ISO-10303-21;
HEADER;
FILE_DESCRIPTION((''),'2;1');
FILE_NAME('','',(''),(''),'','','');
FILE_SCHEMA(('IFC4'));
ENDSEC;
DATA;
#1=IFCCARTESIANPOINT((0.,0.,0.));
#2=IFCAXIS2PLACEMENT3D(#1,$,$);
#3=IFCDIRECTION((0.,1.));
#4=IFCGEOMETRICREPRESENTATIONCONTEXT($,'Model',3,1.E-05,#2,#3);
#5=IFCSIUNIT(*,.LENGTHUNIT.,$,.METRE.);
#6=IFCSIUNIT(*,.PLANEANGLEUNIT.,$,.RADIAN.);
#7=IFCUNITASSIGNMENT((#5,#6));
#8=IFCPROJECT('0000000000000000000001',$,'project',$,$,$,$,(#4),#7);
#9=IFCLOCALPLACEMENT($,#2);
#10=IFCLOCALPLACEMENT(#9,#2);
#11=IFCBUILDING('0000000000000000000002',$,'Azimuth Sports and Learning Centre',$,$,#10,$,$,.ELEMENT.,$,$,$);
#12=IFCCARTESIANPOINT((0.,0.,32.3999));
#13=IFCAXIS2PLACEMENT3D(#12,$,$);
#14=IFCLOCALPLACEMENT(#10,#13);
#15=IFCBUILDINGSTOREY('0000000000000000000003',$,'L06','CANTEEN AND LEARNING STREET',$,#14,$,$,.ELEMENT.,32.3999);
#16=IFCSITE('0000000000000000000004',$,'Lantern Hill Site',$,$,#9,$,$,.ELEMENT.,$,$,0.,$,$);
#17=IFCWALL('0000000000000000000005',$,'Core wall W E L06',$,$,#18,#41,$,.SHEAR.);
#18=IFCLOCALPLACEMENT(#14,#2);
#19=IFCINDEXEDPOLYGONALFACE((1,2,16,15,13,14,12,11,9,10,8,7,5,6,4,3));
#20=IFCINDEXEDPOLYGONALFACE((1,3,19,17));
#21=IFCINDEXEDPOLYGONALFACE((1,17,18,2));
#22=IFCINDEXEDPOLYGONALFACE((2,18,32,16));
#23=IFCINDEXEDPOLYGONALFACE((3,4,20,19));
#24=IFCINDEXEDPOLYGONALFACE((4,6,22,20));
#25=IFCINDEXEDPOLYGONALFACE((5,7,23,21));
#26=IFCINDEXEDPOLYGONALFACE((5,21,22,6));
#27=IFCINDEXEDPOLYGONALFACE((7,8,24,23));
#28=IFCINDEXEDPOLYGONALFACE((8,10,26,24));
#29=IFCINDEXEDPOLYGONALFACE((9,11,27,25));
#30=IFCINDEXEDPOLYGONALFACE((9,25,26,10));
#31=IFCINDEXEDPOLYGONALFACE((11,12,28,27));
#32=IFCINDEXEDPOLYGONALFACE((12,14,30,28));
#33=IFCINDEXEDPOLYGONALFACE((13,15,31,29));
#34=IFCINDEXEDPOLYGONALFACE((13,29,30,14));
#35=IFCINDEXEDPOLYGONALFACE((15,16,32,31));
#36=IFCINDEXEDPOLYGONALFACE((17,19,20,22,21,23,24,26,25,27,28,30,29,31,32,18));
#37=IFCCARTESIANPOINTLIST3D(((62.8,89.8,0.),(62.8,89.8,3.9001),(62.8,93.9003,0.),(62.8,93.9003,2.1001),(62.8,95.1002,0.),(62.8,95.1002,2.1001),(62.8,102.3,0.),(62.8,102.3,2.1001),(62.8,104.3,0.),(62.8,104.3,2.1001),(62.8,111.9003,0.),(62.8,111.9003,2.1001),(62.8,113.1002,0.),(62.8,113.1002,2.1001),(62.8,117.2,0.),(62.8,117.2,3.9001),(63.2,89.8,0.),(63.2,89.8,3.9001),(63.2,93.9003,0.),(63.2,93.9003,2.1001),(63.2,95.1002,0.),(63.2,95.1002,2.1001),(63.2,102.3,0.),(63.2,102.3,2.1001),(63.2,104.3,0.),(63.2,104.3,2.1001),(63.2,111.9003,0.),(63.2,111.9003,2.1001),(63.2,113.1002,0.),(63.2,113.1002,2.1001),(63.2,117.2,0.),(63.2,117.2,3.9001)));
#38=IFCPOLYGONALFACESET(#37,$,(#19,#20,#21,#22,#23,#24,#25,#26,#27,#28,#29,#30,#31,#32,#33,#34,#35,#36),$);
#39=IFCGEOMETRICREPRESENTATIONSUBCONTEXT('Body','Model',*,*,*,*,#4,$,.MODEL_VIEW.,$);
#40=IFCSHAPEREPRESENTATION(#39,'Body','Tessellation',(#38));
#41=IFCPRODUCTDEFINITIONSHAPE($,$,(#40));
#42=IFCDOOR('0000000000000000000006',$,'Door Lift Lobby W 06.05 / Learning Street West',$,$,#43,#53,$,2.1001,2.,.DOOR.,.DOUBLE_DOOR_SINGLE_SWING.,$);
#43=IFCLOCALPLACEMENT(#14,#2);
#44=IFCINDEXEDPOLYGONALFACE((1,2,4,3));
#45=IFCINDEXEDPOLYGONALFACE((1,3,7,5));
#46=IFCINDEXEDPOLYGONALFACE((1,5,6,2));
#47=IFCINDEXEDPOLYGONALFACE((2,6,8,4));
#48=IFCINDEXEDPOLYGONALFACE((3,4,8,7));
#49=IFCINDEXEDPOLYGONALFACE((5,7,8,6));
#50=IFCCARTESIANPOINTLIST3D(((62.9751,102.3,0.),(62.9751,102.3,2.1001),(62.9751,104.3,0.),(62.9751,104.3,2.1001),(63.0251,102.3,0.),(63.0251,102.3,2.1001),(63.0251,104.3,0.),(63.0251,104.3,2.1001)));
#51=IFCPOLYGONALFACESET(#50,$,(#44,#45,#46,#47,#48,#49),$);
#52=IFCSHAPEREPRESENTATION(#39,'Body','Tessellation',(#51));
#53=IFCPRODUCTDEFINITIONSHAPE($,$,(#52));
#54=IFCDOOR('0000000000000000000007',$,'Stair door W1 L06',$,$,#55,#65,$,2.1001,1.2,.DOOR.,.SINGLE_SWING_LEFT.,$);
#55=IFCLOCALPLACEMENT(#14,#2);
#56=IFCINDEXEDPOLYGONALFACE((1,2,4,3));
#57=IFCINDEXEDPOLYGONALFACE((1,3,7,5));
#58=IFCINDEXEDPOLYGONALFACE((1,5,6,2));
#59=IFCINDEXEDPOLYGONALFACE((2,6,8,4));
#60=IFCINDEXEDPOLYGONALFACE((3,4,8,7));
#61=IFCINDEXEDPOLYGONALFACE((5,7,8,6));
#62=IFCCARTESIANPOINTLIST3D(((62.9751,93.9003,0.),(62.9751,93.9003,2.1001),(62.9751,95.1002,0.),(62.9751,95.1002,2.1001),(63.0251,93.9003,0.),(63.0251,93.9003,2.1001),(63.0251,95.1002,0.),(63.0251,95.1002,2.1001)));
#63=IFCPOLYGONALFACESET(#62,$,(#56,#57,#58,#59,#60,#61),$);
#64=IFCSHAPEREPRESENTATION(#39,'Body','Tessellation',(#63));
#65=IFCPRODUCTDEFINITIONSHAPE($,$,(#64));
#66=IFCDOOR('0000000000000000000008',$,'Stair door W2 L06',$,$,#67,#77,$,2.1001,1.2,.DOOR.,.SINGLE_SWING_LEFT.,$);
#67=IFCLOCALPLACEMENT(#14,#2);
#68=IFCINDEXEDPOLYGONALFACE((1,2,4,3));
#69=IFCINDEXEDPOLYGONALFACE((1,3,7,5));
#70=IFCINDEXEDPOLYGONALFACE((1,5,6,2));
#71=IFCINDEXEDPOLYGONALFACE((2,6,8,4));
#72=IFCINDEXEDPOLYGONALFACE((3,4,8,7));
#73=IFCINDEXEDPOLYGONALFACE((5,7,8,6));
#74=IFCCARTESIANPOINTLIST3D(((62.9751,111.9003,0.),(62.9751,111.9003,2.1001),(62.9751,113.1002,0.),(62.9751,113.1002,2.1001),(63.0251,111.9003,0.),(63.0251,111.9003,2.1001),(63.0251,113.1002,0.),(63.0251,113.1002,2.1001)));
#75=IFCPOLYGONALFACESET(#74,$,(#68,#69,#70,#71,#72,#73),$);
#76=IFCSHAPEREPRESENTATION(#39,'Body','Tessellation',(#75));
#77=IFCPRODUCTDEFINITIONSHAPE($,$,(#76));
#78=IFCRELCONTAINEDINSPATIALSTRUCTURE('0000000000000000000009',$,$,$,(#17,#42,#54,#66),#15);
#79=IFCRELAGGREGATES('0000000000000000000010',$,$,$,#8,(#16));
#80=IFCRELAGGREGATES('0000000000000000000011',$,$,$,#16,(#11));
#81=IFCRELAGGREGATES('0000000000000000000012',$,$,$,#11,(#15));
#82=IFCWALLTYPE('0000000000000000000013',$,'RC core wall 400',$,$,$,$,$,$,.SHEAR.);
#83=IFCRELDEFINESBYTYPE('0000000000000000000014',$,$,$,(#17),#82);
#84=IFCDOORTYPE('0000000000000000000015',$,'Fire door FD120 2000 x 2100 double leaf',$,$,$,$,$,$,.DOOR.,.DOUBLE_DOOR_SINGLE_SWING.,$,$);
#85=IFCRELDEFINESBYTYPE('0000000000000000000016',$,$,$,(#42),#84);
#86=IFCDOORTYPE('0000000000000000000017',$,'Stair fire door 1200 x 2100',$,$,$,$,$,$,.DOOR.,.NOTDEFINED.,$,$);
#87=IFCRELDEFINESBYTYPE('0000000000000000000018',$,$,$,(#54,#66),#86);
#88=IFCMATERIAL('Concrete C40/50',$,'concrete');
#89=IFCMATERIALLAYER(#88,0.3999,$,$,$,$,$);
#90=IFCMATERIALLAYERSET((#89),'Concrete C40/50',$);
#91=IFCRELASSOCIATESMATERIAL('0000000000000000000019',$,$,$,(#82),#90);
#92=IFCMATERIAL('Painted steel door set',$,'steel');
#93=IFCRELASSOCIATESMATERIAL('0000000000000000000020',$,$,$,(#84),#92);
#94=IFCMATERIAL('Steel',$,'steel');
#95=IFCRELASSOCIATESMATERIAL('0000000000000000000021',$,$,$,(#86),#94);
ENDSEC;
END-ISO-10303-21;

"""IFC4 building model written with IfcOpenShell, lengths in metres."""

from ifc_helpers import new_model, si_unit, direction, frame, frame_2d, origin, place, context, subcontext, project, spatial, rectangle, extrude, material, layer, layer_set, type_object, element, fill, save


model = new_model("IFC4")

# Units and contexts
model_context = context("Model", 3, precision=1e-05, world=origin(), true_north=direction((0.0, 1.0)))
body_context = subcontext(model_context, "Body", "Model", "MODEL_VIEW")
ifc_project = project(units=[si_unit("LENGTHUNIT", "METRE"), si_unit("PLANEANGLEUNIT", "RADIAN")], contexts=[model_context])

# Site, building, storey
site_placement = place(None, origin())
site = spatial("IfcSite", under=ifc_project, at=site_placement, Name="Lantern Hill Site", CompositionType="ELEMENT", RefElevation=0.0)
building_placement = place(site_placement, origin())
building = spatial("IfcBuilding", under=site, at=building_placement, Name="Azimuth Sports and Learning Centre", CompositionType="ELEMENT")
storey_placement = place(building_placement, frame((0.0, 0.0, 32.3999)))
storey = spatial("IfcBuildingStorey", under=building, at=storey_placement, Name="L06", Description="CANTEEN AND LEARNING STREET", CompositionType="ELEMENT", Elevation=32.3999)

# Wall, openings, doors
ifc_material_1 = material(Name="Concrete C40/50", Category="concrete")
ifc_layer_1 = layer(ifc_material_1, 0.3999)
ifc_layer_set_1 = layer_set([ifc_layer_1], Name="Concrete C40/50")
wall_type_1 = type_object("IfcWallType", Name="RC core wall 400", PredefinedType="SHEAR", material=ifc_layer_set_1)
wall_1_placement = place(storey_placement, frame((63.0, 89.8, 0.0), z_axis=(0.0, 0.0, 1.0), x_axis=(0.0, 1.0, 0.0)))
wall_1 = element("IfcWall", 1, at=wall_1_placement, inside=storey, type_object=wall_type_1, Name="Core wall W E L06", PredefinedType="SHEAR", context=body_context, shape_type="SweptSolid", body=[
    extrude(rectangle(XDim=27.3999, YDim=0.3999, at=frame_2d((13.7, 0.0))), origin(), (0.0, 0.0, 1.0), 3.9001),
])
opening_1_placement = place(wall_1_placement, frame((4.1001, 0.0, 0.0)))
opening_1 = element("IfcOpeningElement", 2, at=opening_1_placement, cuts=wall_1, PredefinedType="OPENING", context=body_context, shape_type="SweptSolid", body=[
    extrude(rectangle(XDim=1.2, YDim=2.1001, at=frame_2d((0.6001, 1.05))), frame((0.0, 0.2109, 0.0), z_axis=(0.0, -1.0, 0.0), x_axis=(1.0, 0.0, 0.0)), (0.0, 0.0, 1.0), 0.4219),
])
opening_2_placement = place(wall_1_placement, frame((22.1001, 0.0, 0.0)))
opening_2 = element("IfcOpeningElement", 3, at=opening_2_placement, cuts=wall_1, PredefinedType="OPENING", context=body_context, shape_type="SweptSolid", body=[
    extrude(rectangle(XDim=1.2, YDim=2.1001, at=frame_2d((0.6001, 1.05))), frame((0.0, 0.2109, 0.0), z_axis=(0.0, -1.0, 0.0), x_axis=(1.0, 0.0, 0.0)), (0.0, 0.0, 1.0), 0.4219),
])
opening_3_placement = place(wall_1_placement, frame((12.5, 0.0, 0.0)))
opening_3 = element("IfcOpeningElement", 4, at=opening_3_placement, cuts=wall_1, PredefinedType="OPENING", context=body_context, shape_type="SweptSolid", body=[
    extrude(rectangle(XDim=2.0, YDim=2.1001, at=frame_2d((1.0, 1.05))), frame((0.0, 0.2109, 0.0), z_axis=(0.0, -1.0, 0.0), x_axis=(1.0, 0.0, 0.0)), (0.0, 0.0, 1.0), 0.4219),
])
ifc_material_2 = material(Name="Painted steel door set", Category="steel")
door_type_1 = type_object("IfcDoorType", Name="Fire door FD120 2000 x 2100 double leaf", OperationType="DOUBLE_DOOR_SINGLE_SWING", PredefinedType="DOOR", material=ifc_material_2)
door_1_placement = place(opening_3_placement, origin())
door_1 = element("IfcDoor", 5, at=door_1_placement, inside=storey, type_object=door_type_1, Name="Door Lift Lobby W 06.05 / Learning Street West", OperationType="DOUBLE_DOOR_SINGLE_SWING", OverallHeight=2.1001, OverallWidth=2.0, PredefinedType="DOOR", context=body_context, shape_type="SweptSolid", body=[
    extrude(rectangle(XDim=2.0, YDim=2.1001, at=frame_2d((1.0, 1.05))), frame((0.0, 0.0249, 0.0), z_axis=(0.0, -1.0, 0.0), x_axis=(1.0, 0.0, 0.0)), (0.0, 0.0, 1.0), 0.05),
])
fill(opening_3, door_1)
ifc_material_3 = material(Name="Steel", Category="steel")
door_type_2 = type_object("IfcDoorType", Name="Stair fire door 1200 x 2100", OperationType="NOTDEFINED", PredefinedType="DOOR", material=ifc_material_3)
door_2_placement = place(opening_1_placement, origin())
door_2 = element("IfcDoor", 6, at=door_2_placement, inside=storey, type_object=door_type_2, Name="Stair door W1 L06", OperationType="SINGLE_SWING_LEFT", OverallHeight=2.1001, OverallWidth=1.2, PredefinedType="DOOR", context=body_context, shape_type="SweptSolid", body=[
    extrude(rectangle(XDim=1.2, YDim=2.1001, at=frame_2d((0.6001, 1.05))), frame((0.0, 0.0249, 0.0), z_axis=(0.0, -1.0, 0.0), x_axis=(1.0, 0.0, 0.0)), (0.0, 0.0, 1.0), 0.05),
])
fill(opening_1, door_2)
door_3_placement = place(opening_2_placement, origin())
door_3 = element("IfcDoor", 7, at=door_3_placement, inside=storey, type_object=door_type_2, Name="Stair door W2 L06", OperationType="SINGLE_SWING_LEFT", OverallHeight=2.1001, OverallWidth=1.2, PredefinedType="DOOR", context=body_context, shape_type="SweptSolid", body=[
    extrude(rectangle(XDim=1.2, YDim=2.1001, at=frame_2d((0.6001, 1.05))), frame((0.0, 0.0249, 0.0), z_axis=(0.0, -1.0, 0.0), x_axis=(1.0, 0.0, 0.0)), (0.0, 0.0, 1.0), 0.05),
])
fill(opening_2, door_3)

save(model, "model.ifc")
